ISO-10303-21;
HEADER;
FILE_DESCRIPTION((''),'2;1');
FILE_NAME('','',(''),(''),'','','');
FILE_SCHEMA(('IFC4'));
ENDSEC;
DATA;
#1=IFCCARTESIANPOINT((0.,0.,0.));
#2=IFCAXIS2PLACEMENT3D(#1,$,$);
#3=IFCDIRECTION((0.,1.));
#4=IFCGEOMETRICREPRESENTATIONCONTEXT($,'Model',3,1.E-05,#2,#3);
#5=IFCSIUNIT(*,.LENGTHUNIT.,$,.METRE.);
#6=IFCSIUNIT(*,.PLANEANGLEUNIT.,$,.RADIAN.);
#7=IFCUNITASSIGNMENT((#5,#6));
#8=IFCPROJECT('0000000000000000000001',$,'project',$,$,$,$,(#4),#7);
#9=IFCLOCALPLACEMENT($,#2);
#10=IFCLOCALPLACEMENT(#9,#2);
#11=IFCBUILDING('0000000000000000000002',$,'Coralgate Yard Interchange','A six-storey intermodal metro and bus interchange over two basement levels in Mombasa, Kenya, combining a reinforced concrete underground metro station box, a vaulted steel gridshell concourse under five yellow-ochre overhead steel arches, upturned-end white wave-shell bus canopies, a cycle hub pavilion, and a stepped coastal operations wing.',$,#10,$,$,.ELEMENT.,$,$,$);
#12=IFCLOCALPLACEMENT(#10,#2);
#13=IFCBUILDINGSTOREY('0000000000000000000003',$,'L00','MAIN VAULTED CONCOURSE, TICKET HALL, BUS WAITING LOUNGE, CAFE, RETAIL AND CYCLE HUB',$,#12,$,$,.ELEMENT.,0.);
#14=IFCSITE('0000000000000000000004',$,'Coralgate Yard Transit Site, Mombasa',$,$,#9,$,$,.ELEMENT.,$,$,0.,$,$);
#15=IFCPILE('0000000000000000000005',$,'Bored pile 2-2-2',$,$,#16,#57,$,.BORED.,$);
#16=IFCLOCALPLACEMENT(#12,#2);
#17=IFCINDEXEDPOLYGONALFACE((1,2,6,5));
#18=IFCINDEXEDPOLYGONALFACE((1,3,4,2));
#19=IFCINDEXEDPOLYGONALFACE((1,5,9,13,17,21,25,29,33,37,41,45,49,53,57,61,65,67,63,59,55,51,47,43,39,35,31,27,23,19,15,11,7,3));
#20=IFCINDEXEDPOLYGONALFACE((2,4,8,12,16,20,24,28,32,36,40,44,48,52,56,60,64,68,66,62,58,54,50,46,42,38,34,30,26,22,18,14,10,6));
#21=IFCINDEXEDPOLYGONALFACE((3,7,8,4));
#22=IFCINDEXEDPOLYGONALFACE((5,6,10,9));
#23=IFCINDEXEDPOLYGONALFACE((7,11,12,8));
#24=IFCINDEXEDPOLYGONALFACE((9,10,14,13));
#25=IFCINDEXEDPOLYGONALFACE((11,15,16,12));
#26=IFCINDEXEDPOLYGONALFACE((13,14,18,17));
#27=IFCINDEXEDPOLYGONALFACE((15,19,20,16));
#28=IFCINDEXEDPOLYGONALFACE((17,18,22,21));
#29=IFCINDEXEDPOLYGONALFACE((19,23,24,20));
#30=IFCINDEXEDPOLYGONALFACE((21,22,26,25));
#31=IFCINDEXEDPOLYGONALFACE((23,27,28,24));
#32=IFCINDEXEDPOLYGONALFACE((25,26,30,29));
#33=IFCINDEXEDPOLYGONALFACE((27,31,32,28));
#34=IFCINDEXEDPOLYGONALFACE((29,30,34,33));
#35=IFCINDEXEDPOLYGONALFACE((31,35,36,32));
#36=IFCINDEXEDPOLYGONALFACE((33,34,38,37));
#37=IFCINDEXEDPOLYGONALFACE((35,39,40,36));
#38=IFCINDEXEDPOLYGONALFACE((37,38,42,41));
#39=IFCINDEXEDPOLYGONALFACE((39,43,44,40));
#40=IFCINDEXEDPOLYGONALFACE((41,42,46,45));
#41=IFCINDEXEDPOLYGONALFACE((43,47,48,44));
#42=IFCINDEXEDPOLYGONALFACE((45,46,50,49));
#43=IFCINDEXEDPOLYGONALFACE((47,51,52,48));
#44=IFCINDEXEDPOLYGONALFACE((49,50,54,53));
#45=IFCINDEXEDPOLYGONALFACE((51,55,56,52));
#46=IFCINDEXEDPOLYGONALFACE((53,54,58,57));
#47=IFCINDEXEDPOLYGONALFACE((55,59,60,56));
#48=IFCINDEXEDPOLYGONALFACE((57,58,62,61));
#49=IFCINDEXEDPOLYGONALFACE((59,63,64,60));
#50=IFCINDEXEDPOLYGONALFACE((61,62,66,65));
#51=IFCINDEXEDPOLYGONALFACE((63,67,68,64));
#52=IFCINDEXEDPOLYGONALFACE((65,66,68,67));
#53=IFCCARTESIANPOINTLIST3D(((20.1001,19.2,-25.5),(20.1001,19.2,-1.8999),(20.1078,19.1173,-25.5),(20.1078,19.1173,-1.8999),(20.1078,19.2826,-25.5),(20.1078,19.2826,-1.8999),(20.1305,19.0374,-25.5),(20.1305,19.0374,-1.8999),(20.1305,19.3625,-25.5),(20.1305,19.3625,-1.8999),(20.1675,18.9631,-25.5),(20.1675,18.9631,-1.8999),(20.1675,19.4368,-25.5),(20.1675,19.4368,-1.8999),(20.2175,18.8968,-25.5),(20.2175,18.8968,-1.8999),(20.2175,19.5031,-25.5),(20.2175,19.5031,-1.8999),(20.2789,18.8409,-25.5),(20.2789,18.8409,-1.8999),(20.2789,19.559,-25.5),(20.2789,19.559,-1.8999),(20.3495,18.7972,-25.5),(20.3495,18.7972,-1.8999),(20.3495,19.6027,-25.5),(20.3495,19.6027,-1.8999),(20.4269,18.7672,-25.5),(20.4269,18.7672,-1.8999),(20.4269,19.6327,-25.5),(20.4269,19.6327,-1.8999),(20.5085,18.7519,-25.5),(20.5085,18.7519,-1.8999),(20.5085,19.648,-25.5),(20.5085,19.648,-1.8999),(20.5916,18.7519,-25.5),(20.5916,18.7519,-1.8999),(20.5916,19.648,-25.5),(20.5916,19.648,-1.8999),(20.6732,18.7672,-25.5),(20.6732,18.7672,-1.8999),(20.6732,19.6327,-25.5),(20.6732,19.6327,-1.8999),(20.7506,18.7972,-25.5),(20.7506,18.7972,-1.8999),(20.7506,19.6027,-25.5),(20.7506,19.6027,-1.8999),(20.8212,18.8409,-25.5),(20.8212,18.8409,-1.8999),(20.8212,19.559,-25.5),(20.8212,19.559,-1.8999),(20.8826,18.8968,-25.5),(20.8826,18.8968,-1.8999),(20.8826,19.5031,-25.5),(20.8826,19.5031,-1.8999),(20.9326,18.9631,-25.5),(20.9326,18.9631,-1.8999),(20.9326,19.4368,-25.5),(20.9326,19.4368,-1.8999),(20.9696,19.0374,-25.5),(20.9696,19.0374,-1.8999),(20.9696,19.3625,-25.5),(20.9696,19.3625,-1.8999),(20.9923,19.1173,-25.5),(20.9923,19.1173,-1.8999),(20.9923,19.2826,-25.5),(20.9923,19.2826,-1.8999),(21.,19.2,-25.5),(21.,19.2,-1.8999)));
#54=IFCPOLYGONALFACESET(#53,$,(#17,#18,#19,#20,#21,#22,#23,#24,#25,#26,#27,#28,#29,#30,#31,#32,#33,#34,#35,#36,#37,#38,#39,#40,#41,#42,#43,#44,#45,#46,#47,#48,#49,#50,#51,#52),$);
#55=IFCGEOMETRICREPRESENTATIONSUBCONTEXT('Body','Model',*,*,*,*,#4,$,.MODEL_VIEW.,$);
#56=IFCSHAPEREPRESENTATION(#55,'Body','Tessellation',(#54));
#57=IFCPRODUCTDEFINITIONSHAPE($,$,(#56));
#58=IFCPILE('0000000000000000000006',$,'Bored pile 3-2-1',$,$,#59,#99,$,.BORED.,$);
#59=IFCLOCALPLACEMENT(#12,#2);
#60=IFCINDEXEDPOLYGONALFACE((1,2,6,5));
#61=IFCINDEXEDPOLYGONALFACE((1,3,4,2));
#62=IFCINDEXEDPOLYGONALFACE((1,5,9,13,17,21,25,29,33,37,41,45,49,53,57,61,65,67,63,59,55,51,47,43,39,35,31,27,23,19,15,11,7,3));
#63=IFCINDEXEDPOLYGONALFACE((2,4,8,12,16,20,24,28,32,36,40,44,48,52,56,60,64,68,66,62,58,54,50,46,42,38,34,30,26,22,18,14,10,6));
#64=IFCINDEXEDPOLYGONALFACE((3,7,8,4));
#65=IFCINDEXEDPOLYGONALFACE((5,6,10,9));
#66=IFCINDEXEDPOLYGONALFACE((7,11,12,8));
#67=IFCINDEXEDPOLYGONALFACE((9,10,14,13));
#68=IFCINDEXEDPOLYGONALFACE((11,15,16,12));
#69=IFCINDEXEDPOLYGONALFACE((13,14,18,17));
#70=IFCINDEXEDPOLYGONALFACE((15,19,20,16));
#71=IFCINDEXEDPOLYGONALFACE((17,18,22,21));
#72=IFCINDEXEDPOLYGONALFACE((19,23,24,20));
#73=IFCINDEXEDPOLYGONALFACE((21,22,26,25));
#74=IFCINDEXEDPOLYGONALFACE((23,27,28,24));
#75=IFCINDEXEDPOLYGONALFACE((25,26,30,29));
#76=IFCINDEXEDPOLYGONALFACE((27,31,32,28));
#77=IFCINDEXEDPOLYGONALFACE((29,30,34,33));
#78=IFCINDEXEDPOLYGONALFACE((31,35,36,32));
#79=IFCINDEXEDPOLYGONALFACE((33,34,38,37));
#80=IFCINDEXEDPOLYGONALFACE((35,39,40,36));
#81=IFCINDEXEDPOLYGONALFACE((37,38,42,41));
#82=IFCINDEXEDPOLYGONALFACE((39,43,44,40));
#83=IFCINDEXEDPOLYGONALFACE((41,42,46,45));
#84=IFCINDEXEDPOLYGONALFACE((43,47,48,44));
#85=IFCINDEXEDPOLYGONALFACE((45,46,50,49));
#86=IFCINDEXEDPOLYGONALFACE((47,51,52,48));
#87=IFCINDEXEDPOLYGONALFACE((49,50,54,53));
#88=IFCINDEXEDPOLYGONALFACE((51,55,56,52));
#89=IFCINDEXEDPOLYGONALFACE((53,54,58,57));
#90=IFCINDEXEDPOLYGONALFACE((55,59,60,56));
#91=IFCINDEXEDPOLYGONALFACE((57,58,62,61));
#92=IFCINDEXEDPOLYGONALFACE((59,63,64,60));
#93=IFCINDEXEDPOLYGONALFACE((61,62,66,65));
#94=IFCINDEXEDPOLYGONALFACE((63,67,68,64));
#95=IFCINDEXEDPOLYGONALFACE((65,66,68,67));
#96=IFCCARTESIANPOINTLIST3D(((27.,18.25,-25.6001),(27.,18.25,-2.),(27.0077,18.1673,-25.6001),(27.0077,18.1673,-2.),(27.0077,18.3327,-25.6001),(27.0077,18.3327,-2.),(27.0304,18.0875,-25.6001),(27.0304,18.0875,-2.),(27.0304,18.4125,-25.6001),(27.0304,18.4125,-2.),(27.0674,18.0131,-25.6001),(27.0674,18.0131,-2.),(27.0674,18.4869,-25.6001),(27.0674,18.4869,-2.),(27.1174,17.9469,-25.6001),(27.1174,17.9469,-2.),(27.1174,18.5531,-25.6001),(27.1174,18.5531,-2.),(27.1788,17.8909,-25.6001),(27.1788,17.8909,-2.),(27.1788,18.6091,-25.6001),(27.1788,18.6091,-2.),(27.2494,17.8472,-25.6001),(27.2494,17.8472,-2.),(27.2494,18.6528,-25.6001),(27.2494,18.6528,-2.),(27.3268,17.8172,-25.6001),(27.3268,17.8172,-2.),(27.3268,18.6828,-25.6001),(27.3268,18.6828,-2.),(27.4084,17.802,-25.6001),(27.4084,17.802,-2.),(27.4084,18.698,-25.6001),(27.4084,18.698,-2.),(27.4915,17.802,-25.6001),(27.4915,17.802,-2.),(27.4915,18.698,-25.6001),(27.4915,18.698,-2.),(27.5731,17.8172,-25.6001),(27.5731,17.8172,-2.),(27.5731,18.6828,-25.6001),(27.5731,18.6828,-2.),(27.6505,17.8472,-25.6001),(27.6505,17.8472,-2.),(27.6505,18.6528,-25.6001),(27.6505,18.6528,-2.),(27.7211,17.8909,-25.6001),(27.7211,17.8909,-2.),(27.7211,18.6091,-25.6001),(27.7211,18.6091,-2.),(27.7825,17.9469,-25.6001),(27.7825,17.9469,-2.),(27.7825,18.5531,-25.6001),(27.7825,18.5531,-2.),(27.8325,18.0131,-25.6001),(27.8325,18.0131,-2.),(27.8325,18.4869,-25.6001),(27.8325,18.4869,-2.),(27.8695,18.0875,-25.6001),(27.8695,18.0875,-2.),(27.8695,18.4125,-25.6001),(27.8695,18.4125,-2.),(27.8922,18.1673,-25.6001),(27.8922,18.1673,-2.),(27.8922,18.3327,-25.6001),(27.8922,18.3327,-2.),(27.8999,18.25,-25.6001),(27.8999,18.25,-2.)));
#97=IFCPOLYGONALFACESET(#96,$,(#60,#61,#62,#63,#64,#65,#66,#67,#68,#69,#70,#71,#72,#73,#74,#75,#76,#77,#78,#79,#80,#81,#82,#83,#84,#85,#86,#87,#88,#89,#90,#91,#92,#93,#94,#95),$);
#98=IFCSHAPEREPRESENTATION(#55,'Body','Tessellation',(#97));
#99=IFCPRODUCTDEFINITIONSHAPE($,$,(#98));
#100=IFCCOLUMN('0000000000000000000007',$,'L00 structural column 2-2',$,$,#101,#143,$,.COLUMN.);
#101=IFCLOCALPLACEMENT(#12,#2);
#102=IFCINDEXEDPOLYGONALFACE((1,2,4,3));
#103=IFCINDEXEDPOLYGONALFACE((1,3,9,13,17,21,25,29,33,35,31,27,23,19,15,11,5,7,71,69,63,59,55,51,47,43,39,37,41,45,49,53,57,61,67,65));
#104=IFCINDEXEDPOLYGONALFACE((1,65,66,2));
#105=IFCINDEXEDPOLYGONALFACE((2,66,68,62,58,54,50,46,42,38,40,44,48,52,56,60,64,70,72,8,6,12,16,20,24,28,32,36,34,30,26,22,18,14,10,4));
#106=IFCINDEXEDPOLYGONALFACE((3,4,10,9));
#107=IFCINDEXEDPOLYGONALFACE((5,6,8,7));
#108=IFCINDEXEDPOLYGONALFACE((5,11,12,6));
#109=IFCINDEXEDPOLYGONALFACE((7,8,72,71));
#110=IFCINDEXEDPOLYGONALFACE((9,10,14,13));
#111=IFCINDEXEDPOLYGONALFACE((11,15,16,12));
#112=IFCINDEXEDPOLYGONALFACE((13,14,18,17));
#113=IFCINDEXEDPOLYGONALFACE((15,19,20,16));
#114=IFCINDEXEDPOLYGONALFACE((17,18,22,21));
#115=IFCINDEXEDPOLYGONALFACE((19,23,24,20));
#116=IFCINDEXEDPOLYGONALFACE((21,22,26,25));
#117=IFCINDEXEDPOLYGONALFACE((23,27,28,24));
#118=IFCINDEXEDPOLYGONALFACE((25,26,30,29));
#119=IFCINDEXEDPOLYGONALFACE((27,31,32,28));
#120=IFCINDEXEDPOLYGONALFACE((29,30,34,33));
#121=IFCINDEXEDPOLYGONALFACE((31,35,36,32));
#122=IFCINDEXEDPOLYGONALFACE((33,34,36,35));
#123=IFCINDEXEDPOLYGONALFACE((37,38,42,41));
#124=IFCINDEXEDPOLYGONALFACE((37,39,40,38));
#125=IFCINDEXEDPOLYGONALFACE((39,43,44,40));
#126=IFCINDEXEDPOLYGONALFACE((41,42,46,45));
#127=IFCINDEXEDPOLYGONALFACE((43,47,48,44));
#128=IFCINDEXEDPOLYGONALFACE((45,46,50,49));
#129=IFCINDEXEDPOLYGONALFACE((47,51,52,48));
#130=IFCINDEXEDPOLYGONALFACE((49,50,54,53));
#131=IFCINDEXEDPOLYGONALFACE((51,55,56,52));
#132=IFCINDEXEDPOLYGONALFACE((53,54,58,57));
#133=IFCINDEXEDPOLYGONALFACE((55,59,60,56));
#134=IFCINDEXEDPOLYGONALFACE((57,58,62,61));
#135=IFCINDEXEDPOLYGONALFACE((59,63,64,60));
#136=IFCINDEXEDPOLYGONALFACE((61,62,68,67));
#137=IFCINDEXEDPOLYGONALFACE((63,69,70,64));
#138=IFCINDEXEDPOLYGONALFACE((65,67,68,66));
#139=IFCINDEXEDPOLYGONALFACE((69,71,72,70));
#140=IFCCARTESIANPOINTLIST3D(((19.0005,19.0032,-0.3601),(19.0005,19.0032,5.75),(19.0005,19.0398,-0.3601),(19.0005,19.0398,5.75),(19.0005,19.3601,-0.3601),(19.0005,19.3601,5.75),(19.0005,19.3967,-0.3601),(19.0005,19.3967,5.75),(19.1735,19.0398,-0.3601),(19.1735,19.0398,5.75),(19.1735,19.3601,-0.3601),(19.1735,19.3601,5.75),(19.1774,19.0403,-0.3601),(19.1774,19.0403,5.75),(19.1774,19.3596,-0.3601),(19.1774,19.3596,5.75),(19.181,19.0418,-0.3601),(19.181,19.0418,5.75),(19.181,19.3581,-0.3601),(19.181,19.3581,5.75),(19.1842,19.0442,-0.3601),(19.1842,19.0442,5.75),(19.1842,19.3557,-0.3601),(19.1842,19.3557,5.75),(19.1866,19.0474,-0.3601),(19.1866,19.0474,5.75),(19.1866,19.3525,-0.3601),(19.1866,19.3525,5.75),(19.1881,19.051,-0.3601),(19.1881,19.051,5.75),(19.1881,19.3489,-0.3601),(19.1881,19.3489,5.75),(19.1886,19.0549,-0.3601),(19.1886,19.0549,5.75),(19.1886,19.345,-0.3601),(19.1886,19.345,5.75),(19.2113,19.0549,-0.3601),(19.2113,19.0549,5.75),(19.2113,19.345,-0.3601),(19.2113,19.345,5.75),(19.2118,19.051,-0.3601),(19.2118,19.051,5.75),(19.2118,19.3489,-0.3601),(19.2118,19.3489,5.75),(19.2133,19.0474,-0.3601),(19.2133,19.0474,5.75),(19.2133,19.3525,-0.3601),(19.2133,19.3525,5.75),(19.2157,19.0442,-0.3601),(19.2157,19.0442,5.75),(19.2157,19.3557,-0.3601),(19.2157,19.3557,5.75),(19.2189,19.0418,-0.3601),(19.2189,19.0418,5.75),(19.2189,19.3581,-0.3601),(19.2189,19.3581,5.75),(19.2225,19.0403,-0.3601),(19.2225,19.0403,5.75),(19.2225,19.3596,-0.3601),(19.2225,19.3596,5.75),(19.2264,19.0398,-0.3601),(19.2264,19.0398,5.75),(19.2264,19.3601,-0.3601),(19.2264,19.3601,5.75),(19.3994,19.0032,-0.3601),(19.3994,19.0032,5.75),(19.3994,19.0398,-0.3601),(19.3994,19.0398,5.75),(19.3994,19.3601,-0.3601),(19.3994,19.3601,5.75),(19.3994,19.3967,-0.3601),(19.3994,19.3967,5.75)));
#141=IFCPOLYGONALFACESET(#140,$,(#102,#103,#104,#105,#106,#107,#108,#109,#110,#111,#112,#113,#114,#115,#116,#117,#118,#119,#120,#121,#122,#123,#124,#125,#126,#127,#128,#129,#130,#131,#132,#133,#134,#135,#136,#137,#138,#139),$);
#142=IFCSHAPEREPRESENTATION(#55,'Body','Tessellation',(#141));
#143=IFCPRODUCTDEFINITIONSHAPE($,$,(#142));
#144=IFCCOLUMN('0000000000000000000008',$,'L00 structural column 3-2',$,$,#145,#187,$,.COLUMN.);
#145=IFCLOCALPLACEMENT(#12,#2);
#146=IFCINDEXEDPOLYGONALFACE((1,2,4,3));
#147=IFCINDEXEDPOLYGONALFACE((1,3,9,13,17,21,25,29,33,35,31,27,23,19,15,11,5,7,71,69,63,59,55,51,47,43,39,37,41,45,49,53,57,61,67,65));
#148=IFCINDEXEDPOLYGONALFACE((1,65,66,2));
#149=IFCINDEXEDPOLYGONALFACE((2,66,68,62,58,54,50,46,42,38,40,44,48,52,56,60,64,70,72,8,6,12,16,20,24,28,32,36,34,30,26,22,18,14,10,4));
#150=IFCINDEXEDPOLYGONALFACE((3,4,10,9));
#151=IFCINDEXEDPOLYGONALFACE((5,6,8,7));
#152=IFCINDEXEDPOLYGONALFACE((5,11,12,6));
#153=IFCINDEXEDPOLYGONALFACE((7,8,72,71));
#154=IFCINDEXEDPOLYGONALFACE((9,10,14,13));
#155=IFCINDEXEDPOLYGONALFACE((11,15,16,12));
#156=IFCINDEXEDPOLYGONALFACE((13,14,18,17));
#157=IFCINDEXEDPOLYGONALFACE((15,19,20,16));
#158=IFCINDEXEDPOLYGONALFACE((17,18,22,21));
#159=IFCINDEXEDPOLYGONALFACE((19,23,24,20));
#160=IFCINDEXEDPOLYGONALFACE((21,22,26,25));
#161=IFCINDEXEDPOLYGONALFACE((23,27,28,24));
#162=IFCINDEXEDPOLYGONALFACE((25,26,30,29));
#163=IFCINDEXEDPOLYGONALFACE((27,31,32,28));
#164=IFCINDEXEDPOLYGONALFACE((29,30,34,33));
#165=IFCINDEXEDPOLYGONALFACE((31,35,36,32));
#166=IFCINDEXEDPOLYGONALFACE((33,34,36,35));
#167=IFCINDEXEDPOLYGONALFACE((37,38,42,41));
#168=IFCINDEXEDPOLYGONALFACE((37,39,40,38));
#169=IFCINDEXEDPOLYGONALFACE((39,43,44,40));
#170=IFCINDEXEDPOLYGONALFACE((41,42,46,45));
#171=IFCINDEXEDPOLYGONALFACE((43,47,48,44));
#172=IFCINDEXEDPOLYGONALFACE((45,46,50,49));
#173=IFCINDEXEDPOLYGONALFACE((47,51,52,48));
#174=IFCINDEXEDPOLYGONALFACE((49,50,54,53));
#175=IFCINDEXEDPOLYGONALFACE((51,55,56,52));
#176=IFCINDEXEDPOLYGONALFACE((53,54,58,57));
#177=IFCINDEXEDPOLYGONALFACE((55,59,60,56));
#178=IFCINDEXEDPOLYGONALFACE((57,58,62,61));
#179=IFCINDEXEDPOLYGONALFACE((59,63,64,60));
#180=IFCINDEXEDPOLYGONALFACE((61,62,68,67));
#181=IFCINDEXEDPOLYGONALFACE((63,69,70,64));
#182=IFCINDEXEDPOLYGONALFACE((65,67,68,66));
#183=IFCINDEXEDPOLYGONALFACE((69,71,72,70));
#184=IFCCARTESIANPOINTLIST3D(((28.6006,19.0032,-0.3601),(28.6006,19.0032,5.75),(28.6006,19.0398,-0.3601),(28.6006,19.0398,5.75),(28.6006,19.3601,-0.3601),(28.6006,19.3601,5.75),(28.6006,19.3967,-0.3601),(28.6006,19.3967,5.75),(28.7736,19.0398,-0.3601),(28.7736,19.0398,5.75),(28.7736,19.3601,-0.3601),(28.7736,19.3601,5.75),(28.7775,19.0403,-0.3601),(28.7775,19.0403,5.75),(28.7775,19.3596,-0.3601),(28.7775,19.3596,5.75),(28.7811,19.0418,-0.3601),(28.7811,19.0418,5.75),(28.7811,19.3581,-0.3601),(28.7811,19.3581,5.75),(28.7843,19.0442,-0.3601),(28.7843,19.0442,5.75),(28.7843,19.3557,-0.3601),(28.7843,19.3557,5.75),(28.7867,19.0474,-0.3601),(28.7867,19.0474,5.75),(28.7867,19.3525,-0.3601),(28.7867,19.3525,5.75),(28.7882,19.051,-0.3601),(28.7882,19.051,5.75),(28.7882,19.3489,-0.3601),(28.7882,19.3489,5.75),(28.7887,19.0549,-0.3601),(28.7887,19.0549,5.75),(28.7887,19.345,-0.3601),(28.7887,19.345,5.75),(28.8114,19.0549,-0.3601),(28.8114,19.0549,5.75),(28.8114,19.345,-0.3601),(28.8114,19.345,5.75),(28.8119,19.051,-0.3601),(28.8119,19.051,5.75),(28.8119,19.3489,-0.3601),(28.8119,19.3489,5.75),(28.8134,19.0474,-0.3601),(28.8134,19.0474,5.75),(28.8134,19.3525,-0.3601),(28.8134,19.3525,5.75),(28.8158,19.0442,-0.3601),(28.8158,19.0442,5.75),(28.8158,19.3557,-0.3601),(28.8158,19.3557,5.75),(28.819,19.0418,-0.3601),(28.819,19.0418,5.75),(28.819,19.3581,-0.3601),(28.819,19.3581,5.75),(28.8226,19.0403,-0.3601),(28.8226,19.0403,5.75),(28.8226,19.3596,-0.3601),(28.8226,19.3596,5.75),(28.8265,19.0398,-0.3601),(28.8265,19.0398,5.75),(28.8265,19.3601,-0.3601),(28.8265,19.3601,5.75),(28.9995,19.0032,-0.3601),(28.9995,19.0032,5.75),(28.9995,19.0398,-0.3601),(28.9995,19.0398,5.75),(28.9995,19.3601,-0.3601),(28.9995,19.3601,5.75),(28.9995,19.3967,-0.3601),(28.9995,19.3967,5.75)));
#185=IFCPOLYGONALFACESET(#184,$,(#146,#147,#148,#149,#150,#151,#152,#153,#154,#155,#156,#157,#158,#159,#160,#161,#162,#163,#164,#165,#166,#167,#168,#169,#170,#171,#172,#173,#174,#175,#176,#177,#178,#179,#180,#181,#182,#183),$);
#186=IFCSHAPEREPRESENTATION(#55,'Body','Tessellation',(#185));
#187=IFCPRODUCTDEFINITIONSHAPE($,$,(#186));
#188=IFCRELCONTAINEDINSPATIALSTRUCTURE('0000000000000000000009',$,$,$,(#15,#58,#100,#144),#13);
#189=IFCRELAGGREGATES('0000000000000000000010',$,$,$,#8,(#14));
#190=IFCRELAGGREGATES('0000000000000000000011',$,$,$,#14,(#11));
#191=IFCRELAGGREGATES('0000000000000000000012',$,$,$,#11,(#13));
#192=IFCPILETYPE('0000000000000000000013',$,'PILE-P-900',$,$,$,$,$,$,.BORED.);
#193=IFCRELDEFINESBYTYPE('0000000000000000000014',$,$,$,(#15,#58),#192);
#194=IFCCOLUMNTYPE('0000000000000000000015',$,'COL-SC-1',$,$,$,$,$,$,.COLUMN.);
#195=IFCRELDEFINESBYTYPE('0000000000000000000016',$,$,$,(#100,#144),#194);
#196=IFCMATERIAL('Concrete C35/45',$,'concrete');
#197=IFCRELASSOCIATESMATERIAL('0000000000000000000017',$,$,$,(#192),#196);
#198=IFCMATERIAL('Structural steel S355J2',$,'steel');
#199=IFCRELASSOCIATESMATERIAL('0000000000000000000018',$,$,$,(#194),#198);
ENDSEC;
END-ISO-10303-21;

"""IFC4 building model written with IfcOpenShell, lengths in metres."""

from ifc_helpers import new_model, si_unit, direction, frame, origin, origin_2d, place, context, subcontext, project, spatial, circle, i_section, extrude, material, material_profile, profile_set, type_object, element, save


model = new_model("IFC4")

# Units and contexts
model_context = context("Model", 3, precision=1e-05, world=origin(), true_north=direction((0.0, 1.0)))
body_context = subcontext(model_context, "Body", "Model", "MODEL_VIEW")
ifc_project = project(units=[si_unit("LENGTHUNIT", "METRE"), si_unit("PLANEANGLEUNIT", "RADIAN")], contexts=[model_context])

# Site, building, storey
site_placement = place(None, origin())
site = spatial("IfcSite", under=ifc_project, at=site_placement, Name="Coralgate Yard Transit Site, Mombasa", CompositionType="ELEMENT", RefElevation=0.0)
building_placement = place(site_placement, origin())
building = spatial("IfcBuilding", under=site, at=building_placement, Name="Coralgate Yard Interchange", Description="A six-storey intermodal metro and bus interchange over two basement levels in Mombasa, Kenya, combining a reinforced concrete underground metro station box, a vaulted steel gridshell concourse under five yellow-ochre overhead steel arches, upturned-end white wave-shell bus canopies, a cycle hub pavilion, and a stepped coastal operations wing.", CompositionType="ELEMENT")
storey_placement = place(building_placement, origin())
storey = spatial("IfcBuildingStorey", under=building, at=storey_placement, Name="L00", Description="MAIN VAULTED CONCOURSE, TICKET HALL, BUS WAITING LOUNGE, CAFE, RETAIL AND CYCLE HUB", CompositionType="ELEMENT", Elevation=0.0)

# Piles
ifc_material_1 = material(Name="Concrete C35/45", Category="concrete")
ifc_material_profile_1 = material_profile(ifc_material_1, circle(Radius=0.45, at=origin_2d()), Name="BORED PILE D900")
ifc_profile_set_1 = profile_set([ifc_material_profile_1], Name="Concrete C35/45")
pile_type = type_object("IfcPileType", Name="PILE-P-900", PredefinedType="BORED", material=ifc_profile_set_1)
for number, where, z_axis, x_axis, name in (
    (1, (20.55, 19.2, -1.8999), (0.0, 0.0, -1.0), (1.0, 0.0, 0.0), "Bored pile 2-2-2"),
    (2, (27.45, 18.25, -2.0), (0.0, 0.0, -1.0), (1.0, 0.0, 0.0), "Bored pile 3-2-1"),
):
    element("IfcPile", number, at=place(storey_placement, frame(where, z_axis=z_axis, x_axis=x_axis)), inside=storey, type_object=pile_type, Name=name, PredefinedType="BORED", context=body_context, shape_type="SweptSolid", body=[
        extrude(circle(Radius=0.45, at=origin_2d()), origin(), (0.0, 0.0, 1.0), 23.6001),
    ])

# Columns
ifc_material_2 = material(Name="Structural steel S355J2", Category="steel")
ifc_material_profile_2 = material_profile(ifc_material_2, i_section(OverallWidth=0.3989, OverallDepth=0.3936, WebThickness=0.0227, FlangeThickness=0.0366, FilletRadius=0.0151, at=origin_2d()), Name="UC 356x406x287")
ifc_profile_set_2 = profile_set([ifc_material_profile_2], Name="Structural steel S355J2")
column_type = type_object("IfcColumnType", Name="COL-SC-1", PredefinedType="COLUMN", material=ifc_profile_set_2)
for number, where, z_axis, x_axis, name in (
    (3, (19.2, 19.2, -0.3601), (0.0, 0.0, 1.0), (1.0, 0.0, 0.0), "L00 structural column 2-2"),
    (4, (28.8, 19.2, -0.3601), (0.0, 0.0, 1.0), (1.0, 0.0, 0.0), "L00 structural column 3-2"),
):
    element("IfcColumn", number, at=place(storey_placement, frame(where, z_axis=z_axis, x_axis=x_axis)), inside=storey, type_object=column_type, Name=name, PredefinedType="COLUMN", context=body_context, shape_type="SweptSolid", body=[
        extrude(i_section(OverallWidth=0.3989, OverallDepth=0.3936, WebThickness=0.0227, FlangeThickness=0.0366, FilletRadius=0.0151, at=origin_2d()), origin(), (0.0, 0.0, 1.0), 6.1101),
    ])

save(model, "model.ifc")
